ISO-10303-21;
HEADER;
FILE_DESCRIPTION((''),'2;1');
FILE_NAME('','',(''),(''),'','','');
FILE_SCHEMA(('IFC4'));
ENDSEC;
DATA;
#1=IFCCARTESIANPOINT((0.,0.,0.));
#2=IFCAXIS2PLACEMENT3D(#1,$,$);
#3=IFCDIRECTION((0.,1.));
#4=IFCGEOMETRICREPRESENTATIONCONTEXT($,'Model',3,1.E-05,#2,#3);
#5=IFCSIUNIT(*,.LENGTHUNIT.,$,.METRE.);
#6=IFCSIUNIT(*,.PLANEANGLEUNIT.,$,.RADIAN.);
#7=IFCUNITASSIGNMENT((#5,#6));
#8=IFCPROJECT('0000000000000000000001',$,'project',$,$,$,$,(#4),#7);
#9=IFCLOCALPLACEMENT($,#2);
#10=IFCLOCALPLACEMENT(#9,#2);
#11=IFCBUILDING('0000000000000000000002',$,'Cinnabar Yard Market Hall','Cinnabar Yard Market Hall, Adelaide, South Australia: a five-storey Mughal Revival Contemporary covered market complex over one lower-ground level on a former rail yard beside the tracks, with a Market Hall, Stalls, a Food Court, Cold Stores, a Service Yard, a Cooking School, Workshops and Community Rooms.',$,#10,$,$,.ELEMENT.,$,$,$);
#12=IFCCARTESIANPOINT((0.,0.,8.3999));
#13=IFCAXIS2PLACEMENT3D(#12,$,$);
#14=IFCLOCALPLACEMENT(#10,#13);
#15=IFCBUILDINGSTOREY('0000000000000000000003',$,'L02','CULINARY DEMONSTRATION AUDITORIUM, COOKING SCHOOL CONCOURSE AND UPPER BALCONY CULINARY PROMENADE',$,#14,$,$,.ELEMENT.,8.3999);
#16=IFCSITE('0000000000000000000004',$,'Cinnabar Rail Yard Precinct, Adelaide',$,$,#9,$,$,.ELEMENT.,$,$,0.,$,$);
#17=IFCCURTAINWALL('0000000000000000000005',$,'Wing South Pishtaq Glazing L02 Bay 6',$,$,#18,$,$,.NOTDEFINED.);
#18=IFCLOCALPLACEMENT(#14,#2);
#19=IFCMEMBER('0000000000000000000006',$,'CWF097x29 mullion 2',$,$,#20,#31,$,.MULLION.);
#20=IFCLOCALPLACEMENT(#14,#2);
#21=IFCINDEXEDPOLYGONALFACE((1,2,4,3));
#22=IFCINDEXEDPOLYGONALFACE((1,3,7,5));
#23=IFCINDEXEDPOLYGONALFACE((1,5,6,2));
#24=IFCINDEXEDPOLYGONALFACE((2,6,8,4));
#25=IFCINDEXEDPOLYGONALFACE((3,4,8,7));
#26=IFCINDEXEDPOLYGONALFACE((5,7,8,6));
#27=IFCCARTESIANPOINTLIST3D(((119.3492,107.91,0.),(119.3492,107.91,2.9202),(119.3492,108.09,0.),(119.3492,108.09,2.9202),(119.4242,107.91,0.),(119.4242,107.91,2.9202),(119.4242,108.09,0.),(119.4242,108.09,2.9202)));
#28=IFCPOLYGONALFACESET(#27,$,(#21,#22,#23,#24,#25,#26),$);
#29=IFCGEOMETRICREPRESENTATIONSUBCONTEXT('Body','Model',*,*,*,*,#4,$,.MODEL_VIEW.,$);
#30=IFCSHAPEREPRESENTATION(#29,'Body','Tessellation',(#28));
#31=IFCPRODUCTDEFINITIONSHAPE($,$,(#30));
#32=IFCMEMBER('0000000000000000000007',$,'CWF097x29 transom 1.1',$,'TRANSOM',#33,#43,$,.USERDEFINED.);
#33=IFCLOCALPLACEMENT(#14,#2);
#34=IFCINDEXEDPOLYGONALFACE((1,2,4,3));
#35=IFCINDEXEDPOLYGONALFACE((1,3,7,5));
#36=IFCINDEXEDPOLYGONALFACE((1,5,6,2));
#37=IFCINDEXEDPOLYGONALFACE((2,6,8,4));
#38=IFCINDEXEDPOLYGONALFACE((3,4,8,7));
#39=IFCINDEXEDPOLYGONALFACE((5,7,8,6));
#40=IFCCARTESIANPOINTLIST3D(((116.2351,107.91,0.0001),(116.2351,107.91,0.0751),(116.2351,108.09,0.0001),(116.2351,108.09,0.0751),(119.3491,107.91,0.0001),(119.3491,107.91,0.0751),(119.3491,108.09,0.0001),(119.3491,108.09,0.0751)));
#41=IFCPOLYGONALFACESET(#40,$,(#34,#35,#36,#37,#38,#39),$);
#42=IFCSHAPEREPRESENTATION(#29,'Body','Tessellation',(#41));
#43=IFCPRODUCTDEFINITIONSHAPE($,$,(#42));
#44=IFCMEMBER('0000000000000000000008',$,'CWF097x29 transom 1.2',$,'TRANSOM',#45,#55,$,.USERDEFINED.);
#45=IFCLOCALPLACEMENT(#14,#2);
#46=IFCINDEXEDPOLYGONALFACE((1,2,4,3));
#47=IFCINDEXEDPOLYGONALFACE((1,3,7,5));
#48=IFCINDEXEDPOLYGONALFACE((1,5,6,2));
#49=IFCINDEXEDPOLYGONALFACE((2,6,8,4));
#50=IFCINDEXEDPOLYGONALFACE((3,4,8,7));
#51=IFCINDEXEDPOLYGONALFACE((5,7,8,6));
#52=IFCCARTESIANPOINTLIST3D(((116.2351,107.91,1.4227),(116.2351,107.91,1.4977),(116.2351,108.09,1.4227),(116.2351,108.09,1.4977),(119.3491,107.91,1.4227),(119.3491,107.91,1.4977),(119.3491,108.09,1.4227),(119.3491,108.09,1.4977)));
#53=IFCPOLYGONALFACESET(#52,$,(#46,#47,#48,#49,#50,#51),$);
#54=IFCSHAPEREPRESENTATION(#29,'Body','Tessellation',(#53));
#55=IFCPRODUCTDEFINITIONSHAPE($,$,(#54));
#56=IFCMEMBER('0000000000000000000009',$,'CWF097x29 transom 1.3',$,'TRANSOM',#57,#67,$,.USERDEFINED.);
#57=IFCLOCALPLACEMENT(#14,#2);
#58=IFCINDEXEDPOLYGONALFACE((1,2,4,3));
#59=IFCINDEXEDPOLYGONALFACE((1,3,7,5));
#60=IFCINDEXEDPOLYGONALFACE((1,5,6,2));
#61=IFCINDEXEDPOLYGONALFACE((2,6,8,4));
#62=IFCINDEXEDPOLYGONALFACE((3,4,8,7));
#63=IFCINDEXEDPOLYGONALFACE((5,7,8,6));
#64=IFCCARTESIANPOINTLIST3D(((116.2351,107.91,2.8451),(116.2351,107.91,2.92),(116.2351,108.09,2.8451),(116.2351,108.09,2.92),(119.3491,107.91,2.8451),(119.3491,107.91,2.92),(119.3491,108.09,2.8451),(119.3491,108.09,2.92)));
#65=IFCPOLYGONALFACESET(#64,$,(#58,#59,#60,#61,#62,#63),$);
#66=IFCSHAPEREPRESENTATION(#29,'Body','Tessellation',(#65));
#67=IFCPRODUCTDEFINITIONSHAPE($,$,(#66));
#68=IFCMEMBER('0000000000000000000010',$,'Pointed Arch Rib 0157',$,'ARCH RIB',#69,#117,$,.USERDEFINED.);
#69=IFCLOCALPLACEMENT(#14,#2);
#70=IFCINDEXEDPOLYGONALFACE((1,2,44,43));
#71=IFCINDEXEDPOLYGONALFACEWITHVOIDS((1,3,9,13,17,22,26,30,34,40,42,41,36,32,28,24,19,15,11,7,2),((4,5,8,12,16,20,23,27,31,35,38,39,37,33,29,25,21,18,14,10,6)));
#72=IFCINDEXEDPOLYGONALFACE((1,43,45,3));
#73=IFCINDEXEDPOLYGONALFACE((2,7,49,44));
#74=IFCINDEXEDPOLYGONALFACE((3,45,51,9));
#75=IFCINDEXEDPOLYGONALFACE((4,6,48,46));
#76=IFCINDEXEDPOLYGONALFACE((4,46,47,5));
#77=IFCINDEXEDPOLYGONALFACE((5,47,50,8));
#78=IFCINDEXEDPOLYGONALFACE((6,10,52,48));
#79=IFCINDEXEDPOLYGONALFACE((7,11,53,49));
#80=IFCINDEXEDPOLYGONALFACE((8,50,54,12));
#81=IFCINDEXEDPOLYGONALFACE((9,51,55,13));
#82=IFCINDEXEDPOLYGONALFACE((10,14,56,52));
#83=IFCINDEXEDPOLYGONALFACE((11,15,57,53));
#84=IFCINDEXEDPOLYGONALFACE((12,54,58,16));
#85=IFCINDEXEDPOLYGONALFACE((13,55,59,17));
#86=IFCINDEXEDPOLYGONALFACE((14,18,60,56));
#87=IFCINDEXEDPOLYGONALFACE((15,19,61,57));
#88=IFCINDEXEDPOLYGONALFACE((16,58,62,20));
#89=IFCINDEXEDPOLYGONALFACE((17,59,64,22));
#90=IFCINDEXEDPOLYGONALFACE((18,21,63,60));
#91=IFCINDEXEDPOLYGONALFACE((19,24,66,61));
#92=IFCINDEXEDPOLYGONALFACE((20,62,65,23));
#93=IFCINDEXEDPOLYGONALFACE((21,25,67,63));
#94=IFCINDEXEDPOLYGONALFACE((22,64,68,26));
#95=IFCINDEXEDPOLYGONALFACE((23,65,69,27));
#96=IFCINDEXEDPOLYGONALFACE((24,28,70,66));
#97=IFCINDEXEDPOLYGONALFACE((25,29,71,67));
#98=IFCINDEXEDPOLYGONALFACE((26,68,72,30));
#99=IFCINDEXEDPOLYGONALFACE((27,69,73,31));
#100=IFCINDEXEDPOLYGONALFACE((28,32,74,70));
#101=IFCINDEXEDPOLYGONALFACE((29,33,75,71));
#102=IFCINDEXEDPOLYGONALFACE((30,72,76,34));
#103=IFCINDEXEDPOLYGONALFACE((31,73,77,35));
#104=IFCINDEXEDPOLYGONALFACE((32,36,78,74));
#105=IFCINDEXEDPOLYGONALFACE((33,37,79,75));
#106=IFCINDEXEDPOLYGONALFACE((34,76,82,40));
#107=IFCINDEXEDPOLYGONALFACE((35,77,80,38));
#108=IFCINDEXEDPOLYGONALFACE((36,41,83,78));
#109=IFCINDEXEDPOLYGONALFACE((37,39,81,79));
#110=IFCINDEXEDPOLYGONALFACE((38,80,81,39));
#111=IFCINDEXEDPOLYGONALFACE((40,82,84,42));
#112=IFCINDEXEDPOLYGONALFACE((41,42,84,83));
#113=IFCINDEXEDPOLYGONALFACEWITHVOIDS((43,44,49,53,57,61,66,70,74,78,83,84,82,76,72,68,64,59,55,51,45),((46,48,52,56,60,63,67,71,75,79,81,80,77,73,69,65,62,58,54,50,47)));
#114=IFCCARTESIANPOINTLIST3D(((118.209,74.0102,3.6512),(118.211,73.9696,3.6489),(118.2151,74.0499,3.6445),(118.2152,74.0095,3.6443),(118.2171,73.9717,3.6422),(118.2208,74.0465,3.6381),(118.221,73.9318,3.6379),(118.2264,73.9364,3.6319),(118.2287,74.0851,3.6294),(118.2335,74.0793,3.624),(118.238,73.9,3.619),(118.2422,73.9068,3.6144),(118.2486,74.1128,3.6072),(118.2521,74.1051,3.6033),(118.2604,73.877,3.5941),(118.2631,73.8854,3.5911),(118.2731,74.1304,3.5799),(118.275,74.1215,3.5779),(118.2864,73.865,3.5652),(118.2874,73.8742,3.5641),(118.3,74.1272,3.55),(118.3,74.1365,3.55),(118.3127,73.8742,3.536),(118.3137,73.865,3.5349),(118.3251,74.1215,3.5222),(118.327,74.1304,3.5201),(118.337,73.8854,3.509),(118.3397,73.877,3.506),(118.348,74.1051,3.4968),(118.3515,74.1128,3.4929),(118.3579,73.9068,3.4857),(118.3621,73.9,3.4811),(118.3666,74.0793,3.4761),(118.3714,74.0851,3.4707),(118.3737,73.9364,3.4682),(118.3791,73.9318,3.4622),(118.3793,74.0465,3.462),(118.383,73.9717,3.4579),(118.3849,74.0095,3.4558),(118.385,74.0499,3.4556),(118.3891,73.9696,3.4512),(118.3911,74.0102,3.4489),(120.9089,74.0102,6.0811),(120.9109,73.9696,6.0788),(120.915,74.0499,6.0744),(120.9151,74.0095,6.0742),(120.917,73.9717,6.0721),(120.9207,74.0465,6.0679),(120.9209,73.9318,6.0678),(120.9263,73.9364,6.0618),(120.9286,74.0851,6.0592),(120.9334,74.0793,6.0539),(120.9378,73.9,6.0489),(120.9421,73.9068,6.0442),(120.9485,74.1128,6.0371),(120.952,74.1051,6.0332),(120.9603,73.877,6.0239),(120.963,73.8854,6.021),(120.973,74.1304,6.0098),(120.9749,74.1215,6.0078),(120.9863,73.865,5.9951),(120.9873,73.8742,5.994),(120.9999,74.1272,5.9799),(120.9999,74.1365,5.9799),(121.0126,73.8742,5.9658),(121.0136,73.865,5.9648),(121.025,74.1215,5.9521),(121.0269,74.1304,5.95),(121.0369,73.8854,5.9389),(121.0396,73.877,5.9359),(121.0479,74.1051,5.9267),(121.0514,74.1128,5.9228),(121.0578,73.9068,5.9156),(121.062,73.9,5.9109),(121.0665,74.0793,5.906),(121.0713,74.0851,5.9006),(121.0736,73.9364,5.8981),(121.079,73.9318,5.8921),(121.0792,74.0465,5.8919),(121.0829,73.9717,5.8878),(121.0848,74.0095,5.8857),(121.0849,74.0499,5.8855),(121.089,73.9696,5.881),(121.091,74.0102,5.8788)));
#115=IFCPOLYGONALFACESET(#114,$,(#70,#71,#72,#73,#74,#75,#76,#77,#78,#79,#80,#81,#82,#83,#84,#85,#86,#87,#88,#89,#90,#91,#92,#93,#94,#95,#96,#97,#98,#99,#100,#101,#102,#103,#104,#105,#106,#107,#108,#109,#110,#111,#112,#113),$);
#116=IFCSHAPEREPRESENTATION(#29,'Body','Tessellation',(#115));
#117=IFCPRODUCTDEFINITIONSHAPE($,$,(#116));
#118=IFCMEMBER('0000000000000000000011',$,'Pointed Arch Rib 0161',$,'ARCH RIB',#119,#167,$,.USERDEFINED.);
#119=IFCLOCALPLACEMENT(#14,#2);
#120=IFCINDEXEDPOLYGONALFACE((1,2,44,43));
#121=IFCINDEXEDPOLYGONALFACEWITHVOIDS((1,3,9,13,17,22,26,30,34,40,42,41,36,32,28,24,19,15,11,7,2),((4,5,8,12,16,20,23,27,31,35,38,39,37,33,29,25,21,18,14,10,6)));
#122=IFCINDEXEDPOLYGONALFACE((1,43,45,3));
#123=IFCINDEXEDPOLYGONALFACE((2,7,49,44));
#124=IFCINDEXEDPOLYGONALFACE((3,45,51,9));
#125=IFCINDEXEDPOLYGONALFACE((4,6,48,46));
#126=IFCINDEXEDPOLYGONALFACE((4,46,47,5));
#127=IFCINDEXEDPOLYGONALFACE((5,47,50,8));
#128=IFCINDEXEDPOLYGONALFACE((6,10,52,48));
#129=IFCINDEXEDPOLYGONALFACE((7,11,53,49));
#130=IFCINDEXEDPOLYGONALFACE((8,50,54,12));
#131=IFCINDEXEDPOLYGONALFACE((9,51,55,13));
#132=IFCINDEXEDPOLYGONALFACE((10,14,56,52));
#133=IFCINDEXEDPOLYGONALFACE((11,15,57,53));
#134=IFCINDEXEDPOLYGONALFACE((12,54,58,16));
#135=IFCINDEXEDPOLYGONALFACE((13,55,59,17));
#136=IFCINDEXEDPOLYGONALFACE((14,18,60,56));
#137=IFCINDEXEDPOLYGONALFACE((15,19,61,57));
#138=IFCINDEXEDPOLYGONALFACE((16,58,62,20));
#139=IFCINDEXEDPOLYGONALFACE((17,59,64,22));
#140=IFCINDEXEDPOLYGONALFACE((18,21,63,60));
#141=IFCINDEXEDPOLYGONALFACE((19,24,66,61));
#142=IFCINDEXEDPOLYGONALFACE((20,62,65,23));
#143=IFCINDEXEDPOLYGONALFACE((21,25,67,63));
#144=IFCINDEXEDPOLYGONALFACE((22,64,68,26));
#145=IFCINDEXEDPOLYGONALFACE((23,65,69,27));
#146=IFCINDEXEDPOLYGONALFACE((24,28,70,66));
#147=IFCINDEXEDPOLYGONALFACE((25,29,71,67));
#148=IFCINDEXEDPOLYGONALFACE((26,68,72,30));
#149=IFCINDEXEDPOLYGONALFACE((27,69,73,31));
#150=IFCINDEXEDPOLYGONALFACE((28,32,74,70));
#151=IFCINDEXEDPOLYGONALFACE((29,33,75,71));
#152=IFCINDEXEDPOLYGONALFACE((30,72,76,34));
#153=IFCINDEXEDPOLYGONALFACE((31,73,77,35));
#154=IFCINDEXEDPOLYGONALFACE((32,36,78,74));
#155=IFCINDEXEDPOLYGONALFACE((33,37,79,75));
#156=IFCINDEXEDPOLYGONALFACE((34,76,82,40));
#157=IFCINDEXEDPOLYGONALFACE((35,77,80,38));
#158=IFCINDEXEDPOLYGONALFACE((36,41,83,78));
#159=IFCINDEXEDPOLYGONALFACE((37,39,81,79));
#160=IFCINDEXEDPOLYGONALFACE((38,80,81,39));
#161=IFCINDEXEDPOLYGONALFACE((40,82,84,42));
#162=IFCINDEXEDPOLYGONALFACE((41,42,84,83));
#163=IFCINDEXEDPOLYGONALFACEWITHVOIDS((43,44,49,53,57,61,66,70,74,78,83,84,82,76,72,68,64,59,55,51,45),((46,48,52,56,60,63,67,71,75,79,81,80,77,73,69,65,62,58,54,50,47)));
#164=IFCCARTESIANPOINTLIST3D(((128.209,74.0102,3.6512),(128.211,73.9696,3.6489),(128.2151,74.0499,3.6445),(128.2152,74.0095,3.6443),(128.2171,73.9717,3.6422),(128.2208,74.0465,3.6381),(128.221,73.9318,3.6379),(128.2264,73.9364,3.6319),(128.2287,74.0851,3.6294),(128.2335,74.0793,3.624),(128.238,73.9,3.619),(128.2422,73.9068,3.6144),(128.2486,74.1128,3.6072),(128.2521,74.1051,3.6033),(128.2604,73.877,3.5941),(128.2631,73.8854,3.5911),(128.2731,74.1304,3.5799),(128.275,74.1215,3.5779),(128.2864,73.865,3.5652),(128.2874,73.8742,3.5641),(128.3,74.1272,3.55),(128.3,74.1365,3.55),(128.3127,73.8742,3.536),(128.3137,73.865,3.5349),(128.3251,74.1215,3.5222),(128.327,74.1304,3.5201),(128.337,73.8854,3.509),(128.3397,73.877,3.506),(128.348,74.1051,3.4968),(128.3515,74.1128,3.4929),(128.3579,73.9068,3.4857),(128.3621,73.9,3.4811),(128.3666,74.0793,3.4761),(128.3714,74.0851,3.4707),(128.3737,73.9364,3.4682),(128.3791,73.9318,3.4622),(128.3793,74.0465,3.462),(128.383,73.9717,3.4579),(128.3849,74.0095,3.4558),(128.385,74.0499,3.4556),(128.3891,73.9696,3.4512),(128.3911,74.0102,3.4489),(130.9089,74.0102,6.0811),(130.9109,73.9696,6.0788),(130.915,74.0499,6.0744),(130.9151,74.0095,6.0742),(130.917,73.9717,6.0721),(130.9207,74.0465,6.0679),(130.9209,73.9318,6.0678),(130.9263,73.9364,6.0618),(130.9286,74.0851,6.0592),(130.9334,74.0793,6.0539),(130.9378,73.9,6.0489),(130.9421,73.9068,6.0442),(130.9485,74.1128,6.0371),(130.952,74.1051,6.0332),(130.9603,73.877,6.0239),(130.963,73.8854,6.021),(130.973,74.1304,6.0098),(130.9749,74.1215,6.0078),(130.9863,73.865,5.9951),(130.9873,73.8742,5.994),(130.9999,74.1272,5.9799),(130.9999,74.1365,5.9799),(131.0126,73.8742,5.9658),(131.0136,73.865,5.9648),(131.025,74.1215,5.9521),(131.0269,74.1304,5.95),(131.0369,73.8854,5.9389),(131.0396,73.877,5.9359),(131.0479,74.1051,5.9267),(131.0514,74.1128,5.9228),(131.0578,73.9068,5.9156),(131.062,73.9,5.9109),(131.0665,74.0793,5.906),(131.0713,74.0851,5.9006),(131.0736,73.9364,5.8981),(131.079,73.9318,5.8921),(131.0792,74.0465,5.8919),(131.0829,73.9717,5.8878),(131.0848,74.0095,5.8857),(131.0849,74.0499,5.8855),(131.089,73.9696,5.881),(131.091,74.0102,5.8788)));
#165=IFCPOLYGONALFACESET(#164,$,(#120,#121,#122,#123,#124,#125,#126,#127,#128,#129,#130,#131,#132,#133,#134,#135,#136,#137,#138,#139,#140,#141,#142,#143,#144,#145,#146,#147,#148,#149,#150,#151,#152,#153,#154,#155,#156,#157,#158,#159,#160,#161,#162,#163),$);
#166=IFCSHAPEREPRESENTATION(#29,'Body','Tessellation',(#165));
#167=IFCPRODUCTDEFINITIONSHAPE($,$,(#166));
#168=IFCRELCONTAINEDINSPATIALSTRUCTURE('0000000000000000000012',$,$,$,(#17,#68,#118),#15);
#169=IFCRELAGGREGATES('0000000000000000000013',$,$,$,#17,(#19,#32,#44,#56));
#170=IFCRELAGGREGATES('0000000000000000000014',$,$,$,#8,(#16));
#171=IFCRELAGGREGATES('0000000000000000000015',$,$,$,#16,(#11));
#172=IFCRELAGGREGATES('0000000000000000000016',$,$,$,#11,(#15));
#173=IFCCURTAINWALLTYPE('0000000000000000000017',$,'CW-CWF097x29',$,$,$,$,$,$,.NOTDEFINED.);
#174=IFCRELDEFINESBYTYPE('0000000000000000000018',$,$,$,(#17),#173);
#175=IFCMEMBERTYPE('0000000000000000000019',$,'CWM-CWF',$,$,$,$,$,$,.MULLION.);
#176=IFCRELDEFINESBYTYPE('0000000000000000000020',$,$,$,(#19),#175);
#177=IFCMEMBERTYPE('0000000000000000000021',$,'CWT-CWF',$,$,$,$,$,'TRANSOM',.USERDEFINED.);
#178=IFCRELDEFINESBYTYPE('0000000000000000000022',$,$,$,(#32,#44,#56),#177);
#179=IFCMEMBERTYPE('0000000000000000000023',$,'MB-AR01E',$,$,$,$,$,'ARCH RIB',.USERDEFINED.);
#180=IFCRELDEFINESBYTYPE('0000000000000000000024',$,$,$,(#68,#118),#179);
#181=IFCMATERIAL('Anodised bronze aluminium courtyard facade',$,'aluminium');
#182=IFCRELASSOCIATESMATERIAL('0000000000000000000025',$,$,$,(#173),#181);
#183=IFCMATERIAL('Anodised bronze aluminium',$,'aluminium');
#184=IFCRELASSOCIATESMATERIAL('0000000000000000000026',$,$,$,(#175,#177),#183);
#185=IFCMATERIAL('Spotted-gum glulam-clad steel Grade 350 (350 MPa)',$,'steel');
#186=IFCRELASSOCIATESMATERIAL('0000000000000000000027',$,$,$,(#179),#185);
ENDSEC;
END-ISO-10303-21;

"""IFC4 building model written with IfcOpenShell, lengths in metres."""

from ifc_helpers import new_model, si_unit, direction, frame, origin, origin_2d_with_axis, place, context, subcontext, project, spatial, rectangle, hollow_circle, extrude, material, material_profile, profile_set, type_object, element, aggregate, save


model = new_model("IFC4")

# Units and contexts
model_context = context("Model", 3, precision=1e-05, world=origin(), true_north=direction((0.0, 1.0)))
body_context = subcontext(model_context, "Body", "Model", "MODEL_VIEW")
ifc_project = project(units=[si_unit("LENGTHUNIT", "METRE"), si_unit("PLANEANGLEUNIT", "RADIAN")], contexts=[model_context])

# Site, building, storey
site_placement = place(None, origin())
site = spatial("IfcSite", under=ifc_project, at=site_placement, Name="Cinnabar Rail Yard Precinct, Adelaide", CompositionType="ELEMENT", RefElevation=0.0)
building_placement = place(site_placement, origin())
building = spatial("IfcBuilding", under=site, at=building_placement, Name="Cinnabar Yard Market Hall", Description="Cinnabar Yard Market Hall, Adelaide, South Australia: a five-storey Mughal Revival Contemporary covered market complex over one lower-ground level on a former rail yard beside the tracks, with a Market Hall, Stalls, a Food Court, Cold Stores, a Service Yard, a Cooking School, Workshops and Community Rooms.", CompositionType="ELEMENT")
storey_placement = place(building_placement, frame((0.0, 0.0, 8.3999)))
storey = spatial("IfcBuildingStorey", under=building, at=storey_placement, Name="L02", Description="CULINARY DEMONSTRATION AUDITORIUM, COOKING SCHOOL CONCOURSE AND UPPER BALCONY CULINARY PROMENADE", CompositionType="ELEMENT", Elevation=8.3999)

# Shared definitions
ifc_material_1 = material(Name="Spotted-gum glulam-clad steel Grade 350 (350 MPa)", Category="steel")

# Curtain wall, members
ifc_material_2 = material(Name="Anodised bronze aluminium courtyard facade", Category="aluminium")
curtain_wall_type = type_object("IfcCurtainWallType", Name="CW-CWF097x29", PredefinedType="NOTDEFINED", material=ifc_material_2)
curtain_wall_placement = place(storey_placement, origin())
curtain_wall = element("IfcCurtainWall", 1, at=curtain_wall_placement, inside=storey, type_object=curtain_wall_type, Name="Wing South Pishtaq Glazing L02 Bay 6", PredefinedType="NOTDEFINED")
ifc_material_3 = material(Name="Anodised bronze aluminium", Category="aluminium")
ifc_material_profile_1 = material_profile(ifc_material_3, rectangle(XDim=0.1799, YDim=0.075, at=origin_2d_with_axis()), Name="MUL-CWF")
ifc_profile_set_1 = profile_set([ifc_material_profile_1], Name="Anodised bronze aluminium")
member_type_1 = type_object("IfcMemberType", Name="CWM-CWF", PredefinedType="MULLION", material=ifc_profile_set_1)
member_1_placement = place(storey_placement, frame((119.3867, 108.0, 0.0), z_axis=(0.0, 0.0, 1.0), x_axis=(0.0, 1.0, 0.0)))
member_1 = element("IfcMember", 2, at=member_1_placement, type_object=member_type_1, Name="CWF097x29 mullion 2", PredefinedType="MULLION", context=body_context, shape_type="SweptSolid", body=[
    extrude(rectangle(XDim=0.1799, YDim=0.075, at=origin_2d_with_axis()), origin(), (0.0, 0.0, 1.0), 2.9202),
])
ifc_material_profile_2 = material_profile(ifc_material_3, rectangle(XDim=0.1799, YDim=0.075, at=origin_2d_with_axis()), Name="TRN-CWF")
ifc_profile_set_2 = profile_set([ifc_material_profile_2], Name="Anodised bronze aluminium")
member_type_2 = type_object("IfcMemberType", Name="CWT-CWF", ElementType="TRANSOM", PredefinedType="USERDEFINED", material=ifc_profile_set_2)
member_2_placement = place(storey_placement, frame((116.2351, 108.0, 0.0376), z_axis=(1.0, 0.0, 0.0), x_axis=(0.0, 1.0, 0.0)))
member_2 = element("IfcMember", 3, at=member_2_placement, type_object=member_type_2, Name="CWF097x29 transom 1.1", ObjectType="TRANSOM", PredefinedType="USERDEFINED", context=body_context, shape_type="SweptSolid", body=[
    extrude(rectangle(XDim=0.1799, YDim=0.075, at=origin_2d_with_axis()), origin(), (0.0, 0.0, 1.0), 3.114),
])
member_3_placement = place(storey_placement, frame((116.2351, 108.0, 1.4602), z_axis=(1.0, 0.0, 0.0), x_axis=(0.0, 1.0, 0.0)))
member_3 = element("IfcMember", 4, at=member_3_placement, type_object=member_type_2, Name="CWF097x29 transom 1.2", ObjectType="TRANSOM", PredefinedType="USERDEFINED", context=body_context, shape_type="SweptSolid", body=[
    extrude(rectangle(XDim=0.1799, YDim=0.075, at=origin_2d_with_axis()), origin(), (0.0, 0.0, 1.0), 3.114),
])
member_4_placement = place(storey_placement, frame((116.2351, 108.0, 2.8826), z_axis=(1.0, 0.0, 0.0), x_axis=(0.0, 1.0, 0.0)))
member_4 = element("IfcMember", 5, at=member_4_placement, type_object=member_type_2, Name="CWF097x29 transom 1.3", ObjectType="TRANSOM", PredefinedType="USERDEFINED", context=body_context, shape_type="SweptSolid", body=[
    extrude(rectangle(XDim=0.1799, YDim=0.075, at=origin_2d_with_axis()), origin(), (0.0, 0.0, 1.0), 3.114),
])

# Members
ifc_material_profile_3 = material_profile(ifc_material_1, hollow_circle(Radius=0.1365, WallThickness=0.0093, at=origin_2d_with_axis()), Name="273.1x9.3CHS")
ifc_profile_set_3 = profile_set([ifc_material_profile_3], Name="Spotted-gum glulam-clad steel Grade 350 (350 MPa)")
member_type_3 = type_object("IfcMemberType", Name="MB-AR01E", ElementType="ARCH RIB", PredefinedType="USERDEFINED", material=ifc_profile_set_3)
for number, where, z_axis, x_axis, name in (
    (6, (118.3, 74.0, 3.55), (0.743297, 0.0, 0.668961), (0.0, 1.0, 0.0), "Pointed Arch Rib 0157"),
    (7, (128.3, 74.0, 3.55), (0.743297, 0.0, 0.668961), (0.0, 1.0, 0.0), "Pointed Arch Rib 0161"),
):
    element("IfcMember", number, at=place(storey_placement, frame(where, z_axis=z_axis, x_axis=x_axis)), inside=storey, type_object=member_type_3, Name=name, ObjectType="ARCH RIB", PredefinedType="USERDEFINED", context=body_context, shape_type="SweptSolid", body=[
        extrude(hollow_circle(Radius=0.1365, WallThickness=0.0093, at=origin_2d_with_axis()), origin(), (0.0, 0.0, 1.0), 3.6323),
    ])

aggregate(curtain_wall, [member_1, member_2, member_3, member_4])

save(model, "model.ifc")
